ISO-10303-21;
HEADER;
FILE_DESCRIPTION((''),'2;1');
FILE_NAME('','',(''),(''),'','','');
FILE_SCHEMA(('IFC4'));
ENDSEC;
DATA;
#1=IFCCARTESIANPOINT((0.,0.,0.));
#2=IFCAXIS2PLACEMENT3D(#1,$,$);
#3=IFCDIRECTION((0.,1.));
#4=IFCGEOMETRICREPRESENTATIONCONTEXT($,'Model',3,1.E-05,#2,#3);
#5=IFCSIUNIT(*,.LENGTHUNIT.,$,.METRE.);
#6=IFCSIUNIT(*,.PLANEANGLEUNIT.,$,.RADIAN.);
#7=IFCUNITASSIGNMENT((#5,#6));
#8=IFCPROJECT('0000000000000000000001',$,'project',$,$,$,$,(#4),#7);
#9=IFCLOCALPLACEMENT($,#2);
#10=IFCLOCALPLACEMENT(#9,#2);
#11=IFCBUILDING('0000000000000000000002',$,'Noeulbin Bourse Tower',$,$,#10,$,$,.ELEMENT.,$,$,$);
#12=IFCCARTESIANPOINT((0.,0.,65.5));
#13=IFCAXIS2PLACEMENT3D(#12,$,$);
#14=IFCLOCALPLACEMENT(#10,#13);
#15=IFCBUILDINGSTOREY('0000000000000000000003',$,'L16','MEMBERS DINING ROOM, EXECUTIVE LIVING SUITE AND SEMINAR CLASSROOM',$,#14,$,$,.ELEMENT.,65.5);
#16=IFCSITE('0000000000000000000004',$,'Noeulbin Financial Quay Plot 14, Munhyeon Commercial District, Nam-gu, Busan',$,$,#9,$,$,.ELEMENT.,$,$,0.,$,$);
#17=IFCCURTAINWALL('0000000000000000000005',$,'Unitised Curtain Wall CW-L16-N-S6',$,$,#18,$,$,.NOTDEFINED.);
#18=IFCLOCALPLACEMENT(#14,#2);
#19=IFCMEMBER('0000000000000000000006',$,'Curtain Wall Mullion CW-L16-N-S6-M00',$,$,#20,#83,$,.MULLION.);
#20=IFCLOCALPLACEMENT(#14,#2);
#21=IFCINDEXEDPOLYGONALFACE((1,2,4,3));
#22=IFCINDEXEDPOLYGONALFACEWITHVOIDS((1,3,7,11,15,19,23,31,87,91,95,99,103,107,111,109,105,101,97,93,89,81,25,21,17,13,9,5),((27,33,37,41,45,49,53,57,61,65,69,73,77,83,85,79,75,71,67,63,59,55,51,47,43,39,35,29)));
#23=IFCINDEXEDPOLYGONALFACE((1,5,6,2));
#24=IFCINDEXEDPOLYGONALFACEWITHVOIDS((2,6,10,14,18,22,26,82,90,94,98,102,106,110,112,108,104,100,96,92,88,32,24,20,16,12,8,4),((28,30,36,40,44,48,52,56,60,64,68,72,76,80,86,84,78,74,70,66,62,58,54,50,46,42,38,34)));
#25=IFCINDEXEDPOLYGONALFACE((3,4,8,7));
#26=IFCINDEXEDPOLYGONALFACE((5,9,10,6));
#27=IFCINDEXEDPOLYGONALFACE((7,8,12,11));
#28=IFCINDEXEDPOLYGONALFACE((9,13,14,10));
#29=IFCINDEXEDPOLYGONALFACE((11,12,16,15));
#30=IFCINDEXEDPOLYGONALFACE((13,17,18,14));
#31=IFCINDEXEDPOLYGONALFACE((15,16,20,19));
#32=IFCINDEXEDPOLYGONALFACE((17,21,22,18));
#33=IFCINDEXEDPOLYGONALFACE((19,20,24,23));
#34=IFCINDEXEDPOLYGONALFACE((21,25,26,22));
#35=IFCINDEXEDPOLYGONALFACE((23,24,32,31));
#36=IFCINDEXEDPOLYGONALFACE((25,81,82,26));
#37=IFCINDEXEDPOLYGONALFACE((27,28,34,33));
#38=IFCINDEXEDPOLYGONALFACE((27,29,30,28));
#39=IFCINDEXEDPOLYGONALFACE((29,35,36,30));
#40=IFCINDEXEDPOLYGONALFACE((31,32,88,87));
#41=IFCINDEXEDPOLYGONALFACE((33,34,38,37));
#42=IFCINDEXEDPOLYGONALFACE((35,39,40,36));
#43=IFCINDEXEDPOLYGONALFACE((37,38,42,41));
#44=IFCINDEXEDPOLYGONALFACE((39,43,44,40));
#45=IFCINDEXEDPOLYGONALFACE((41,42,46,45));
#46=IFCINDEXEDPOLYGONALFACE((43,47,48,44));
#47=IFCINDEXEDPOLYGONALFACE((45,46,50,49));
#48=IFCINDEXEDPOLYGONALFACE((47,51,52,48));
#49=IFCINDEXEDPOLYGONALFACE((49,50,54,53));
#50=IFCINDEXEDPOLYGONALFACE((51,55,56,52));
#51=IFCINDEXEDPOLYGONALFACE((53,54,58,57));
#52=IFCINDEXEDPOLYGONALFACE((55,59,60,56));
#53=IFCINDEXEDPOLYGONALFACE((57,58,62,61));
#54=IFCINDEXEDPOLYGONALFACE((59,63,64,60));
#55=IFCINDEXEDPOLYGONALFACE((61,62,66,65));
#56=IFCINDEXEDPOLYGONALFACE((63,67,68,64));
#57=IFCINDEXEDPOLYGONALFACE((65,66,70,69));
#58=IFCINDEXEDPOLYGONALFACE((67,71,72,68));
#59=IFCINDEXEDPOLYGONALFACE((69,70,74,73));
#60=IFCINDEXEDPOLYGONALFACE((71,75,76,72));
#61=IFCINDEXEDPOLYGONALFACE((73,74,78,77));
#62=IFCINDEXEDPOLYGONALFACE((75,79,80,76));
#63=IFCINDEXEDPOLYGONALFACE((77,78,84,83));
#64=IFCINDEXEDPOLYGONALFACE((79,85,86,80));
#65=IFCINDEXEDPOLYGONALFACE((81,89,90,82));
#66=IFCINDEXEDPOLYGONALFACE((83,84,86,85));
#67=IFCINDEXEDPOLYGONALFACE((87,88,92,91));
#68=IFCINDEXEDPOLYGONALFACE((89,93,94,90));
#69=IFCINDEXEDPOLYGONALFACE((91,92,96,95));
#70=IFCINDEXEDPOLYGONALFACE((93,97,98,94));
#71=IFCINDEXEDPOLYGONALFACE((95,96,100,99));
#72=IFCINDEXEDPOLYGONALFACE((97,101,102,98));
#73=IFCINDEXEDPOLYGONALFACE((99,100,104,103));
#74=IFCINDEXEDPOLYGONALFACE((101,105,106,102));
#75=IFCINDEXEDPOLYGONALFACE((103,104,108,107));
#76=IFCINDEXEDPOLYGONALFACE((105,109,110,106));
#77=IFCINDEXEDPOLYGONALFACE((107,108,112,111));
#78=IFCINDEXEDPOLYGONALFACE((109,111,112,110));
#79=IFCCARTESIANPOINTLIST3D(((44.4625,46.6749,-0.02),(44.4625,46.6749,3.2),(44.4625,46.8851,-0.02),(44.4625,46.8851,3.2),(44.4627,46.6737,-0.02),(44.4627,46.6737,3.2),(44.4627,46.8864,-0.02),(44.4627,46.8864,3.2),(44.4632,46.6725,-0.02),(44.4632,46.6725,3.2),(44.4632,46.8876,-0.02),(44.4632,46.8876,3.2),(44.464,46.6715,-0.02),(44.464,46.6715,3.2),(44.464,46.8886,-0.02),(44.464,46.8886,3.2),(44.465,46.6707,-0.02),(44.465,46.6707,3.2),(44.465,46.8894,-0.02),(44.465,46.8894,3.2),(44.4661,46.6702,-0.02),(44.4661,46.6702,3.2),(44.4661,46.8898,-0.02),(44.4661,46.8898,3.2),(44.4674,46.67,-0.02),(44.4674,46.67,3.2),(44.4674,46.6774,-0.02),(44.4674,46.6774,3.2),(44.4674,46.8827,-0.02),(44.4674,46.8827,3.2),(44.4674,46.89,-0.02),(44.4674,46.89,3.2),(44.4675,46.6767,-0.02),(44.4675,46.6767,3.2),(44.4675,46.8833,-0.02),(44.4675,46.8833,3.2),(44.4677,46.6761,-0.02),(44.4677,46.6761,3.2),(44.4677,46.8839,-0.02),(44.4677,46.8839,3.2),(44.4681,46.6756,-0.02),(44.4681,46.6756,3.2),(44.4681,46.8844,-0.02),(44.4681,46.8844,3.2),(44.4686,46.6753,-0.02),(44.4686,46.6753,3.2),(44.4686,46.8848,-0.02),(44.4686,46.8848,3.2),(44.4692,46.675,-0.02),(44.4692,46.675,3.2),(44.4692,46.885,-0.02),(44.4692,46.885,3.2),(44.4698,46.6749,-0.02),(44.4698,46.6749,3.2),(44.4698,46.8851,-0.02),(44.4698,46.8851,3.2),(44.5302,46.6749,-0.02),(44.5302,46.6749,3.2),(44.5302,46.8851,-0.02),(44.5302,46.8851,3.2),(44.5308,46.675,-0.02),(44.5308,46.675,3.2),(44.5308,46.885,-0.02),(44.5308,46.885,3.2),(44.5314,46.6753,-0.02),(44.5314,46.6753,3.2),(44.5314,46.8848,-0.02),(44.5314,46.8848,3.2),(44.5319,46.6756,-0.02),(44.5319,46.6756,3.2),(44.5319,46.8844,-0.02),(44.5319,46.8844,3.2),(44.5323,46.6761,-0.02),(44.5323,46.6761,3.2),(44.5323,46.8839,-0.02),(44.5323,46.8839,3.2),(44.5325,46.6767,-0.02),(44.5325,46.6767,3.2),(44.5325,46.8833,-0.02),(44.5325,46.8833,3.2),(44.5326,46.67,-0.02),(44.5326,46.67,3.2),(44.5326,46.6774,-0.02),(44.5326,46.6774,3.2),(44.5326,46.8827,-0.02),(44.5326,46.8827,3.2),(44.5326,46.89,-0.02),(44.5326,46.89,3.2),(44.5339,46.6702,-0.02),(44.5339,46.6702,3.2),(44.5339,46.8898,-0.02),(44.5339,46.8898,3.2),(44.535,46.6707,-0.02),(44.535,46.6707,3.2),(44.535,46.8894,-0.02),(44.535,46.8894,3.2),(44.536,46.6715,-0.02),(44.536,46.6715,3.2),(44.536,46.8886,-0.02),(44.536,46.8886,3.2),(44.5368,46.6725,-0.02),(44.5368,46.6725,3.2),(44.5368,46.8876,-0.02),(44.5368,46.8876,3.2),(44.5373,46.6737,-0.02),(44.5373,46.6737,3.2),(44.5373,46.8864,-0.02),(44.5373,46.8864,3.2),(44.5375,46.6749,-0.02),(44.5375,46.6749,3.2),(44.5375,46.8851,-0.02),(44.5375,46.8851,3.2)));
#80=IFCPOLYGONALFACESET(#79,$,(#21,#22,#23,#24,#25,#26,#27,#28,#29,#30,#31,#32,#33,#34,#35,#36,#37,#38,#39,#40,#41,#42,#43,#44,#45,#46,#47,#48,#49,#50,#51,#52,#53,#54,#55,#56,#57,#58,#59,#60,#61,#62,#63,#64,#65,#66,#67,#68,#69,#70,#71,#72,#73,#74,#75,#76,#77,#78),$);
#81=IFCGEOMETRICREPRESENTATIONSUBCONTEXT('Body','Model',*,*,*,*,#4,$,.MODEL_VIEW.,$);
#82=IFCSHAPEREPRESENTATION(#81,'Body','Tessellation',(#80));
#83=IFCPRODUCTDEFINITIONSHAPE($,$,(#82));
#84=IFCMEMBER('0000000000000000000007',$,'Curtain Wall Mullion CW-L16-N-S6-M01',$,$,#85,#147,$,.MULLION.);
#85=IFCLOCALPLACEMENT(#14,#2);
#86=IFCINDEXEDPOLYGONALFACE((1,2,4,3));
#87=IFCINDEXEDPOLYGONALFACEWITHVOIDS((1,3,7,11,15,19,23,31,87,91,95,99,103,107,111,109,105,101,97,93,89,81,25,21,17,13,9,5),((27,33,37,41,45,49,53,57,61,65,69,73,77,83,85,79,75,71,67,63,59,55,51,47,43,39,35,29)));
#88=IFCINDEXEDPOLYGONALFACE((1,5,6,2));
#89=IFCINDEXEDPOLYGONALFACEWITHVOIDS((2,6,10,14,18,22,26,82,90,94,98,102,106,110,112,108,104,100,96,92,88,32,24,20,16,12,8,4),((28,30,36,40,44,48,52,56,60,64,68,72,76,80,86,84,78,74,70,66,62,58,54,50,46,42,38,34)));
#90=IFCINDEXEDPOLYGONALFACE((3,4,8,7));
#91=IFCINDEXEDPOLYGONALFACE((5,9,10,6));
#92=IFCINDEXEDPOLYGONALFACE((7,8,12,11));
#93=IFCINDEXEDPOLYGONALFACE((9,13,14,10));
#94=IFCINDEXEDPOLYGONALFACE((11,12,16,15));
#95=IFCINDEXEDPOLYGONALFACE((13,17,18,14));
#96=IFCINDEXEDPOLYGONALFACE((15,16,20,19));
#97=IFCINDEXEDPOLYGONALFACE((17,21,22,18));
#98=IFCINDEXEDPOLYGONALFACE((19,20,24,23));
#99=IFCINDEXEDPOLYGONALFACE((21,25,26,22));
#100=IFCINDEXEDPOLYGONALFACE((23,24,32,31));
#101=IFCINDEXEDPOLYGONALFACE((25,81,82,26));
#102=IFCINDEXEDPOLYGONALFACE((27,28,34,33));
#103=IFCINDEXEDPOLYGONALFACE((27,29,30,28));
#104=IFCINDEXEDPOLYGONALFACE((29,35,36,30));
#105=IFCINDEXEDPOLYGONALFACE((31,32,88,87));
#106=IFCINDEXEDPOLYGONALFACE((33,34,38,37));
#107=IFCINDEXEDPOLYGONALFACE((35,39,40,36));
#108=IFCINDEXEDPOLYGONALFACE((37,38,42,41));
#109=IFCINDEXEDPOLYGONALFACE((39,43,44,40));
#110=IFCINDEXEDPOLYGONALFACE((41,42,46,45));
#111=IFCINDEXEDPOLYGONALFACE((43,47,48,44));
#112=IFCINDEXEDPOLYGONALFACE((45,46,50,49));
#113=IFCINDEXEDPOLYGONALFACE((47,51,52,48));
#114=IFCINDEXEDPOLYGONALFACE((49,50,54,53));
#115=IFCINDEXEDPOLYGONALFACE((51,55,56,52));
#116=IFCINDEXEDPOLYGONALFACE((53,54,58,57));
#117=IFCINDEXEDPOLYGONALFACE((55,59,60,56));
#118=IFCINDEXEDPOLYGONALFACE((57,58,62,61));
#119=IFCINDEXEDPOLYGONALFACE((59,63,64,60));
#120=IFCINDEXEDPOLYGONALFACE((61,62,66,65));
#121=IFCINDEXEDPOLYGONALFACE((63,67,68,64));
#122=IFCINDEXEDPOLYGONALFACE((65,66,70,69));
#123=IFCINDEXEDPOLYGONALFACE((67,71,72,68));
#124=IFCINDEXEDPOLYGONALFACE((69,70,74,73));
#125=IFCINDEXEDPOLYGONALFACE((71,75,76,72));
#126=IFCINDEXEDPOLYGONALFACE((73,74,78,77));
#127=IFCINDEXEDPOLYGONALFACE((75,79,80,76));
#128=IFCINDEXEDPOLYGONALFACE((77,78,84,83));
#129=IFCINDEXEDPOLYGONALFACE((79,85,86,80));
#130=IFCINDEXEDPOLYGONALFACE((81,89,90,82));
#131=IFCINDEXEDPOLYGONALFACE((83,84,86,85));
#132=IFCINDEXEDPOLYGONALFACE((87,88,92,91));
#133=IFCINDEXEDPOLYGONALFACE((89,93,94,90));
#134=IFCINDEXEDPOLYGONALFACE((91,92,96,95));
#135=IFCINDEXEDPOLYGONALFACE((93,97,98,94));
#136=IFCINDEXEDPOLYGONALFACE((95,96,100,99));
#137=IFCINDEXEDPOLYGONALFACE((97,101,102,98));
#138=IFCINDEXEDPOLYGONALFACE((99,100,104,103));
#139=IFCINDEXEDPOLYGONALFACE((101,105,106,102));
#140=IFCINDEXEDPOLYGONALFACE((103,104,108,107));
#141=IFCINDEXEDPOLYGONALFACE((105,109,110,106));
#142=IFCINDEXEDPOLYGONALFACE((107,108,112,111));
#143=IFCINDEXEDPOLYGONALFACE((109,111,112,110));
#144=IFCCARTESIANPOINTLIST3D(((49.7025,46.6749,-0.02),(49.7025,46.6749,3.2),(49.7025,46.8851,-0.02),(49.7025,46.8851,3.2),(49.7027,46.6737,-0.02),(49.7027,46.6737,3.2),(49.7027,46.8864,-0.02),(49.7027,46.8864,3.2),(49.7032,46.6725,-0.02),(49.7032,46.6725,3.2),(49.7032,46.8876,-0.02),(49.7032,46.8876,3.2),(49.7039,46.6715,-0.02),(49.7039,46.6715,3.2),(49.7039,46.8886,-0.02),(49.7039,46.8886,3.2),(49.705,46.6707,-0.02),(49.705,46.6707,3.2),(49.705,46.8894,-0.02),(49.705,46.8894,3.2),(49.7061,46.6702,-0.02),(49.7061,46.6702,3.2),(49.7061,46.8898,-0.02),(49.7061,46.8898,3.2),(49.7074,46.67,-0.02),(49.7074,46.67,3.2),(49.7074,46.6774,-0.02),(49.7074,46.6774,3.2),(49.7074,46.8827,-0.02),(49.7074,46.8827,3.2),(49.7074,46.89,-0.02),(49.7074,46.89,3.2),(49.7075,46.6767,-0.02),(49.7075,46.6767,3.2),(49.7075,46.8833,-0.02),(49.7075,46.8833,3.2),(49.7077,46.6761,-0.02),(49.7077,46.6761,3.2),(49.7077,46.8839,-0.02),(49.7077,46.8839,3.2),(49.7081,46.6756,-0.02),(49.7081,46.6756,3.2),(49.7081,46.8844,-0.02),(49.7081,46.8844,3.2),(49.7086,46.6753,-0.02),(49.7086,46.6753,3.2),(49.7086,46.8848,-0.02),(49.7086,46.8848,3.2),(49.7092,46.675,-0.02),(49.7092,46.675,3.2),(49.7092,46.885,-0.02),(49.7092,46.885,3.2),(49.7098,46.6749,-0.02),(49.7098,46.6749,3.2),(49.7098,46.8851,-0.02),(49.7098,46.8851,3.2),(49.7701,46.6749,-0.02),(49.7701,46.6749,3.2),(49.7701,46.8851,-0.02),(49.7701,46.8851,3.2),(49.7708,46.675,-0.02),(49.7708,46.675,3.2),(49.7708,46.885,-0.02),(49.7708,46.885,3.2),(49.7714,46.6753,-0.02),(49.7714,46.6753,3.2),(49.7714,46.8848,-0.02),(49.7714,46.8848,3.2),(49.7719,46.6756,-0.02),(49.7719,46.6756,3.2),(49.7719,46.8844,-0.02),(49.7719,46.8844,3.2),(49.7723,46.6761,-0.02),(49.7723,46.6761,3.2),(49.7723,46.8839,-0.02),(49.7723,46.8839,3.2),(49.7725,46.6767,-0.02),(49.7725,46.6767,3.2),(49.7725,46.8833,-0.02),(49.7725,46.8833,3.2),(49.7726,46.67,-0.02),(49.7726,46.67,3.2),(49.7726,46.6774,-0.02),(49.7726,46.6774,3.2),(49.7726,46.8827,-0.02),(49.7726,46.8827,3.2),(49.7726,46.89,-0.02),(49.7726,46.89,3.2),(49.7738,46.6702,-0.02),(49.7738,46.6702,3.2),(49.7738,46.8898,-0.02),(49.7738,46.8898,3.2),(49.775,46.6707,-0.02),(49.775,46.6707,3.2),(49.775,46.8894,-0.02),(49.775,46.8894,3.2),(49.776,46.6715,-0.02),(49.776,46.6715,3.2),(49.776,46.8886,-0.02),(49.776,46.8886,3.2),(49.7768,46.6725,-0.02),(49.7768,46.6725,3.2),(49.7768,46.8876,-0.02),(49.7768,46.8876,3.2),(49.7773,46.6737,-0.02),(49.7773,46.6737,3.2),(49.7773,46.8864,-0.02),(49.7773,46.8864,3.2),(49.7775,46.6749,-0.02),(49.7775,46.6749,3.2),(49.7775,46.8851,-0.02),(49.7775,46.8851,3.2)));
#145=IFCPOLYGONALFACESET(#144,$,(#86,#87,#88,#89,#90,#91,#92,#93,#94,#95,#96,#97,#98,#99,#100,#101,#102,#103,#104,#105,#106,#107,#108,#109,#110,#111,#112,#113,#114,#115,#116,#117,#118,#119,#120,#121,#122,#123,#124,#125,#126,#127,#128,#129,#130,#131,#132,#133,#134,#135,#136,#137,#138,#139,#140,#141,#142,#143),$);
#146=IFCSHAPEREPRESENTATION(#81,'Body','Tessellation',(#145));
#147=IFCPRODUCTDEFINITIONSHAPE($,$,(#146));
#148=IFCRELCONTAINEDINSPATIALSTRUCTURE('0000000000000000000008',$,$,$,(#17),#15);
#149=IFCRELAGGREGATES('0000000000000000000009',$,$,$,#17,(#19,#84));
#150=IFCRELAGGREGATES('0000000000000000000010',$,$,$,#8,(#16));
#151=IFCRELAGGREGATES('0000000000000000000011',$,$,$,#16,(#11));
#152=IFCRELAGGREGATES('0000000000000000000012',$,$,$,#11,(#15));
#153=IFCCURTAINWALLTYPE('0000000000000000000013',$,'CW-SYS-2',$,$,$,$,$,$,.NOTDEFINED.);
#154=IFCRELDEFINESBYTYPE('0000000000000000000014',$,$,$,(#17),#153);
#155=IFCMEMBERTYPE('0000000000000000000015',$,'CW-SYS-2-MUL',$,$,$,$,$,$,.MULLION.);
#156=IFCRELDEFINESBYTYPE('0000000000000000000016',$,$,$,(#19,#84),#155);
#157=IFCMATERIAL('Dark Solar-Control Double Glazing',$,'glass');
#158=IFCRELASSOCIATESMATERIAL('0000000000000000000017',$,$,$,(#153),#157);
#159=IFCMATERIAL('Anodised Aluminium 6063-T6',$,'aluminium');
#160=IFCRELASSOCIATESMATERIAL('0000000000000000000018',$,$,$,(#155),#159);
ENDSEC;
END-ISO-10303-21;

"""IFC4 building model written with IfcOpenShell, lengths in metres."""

from ifc_helpers import new_model, si_unit, direction, frame, origin, origin_2d, place, context, subcontext, project, spatial, hollow_rectangle, extrude, material, material_profile, profile_set, type_object, element, aggregate, save


model = new_model("IFC4")

# Units and contexts
model_context = context("Model", 3, precision=1e-05, world=origin(), true_north=direction((0.0, 1.0)))
body_context = subcontext(model_context, "Body", "Model", "MODEL_VIEW")
ifc_project = project(units=[si_unit("LENGTHUNIT", "METRE"), si_unit("PLANEANGLEUNIT", "RADIAN")], contexts=[model_context])

# Site, building, storey
site_placement = place(None, origin())
site = spatial("IfcSite", under=ifc_project, at=site_placement, Name="Noeulbin Financial Quay Plot 14, Munhyeon Commercial District, Nam-gu, Busan", CompositionType="ELEMENT", RefElevation=0.0)
building_placement = place(site_placement, origin())
building = spatial("IfcBuilding", under=site, at=building_placement, Name="Noeulbin Bourse Tower", CompositionType="ELEMENT")
storey_placement = place(building_placement, frame((0.0, 0.0, 65.5)))
storey = spatial("IfcBuildingStorey", under=building, at=storey_placement, Name="L16", Description="MEMBERS DINING ROOM, EXECUTIVE LIVING SUITE AND SEMINAR CLASSROOM", CompositionType="ELEMENT", Elevation=65.5)

# Shared definitions
ifc_material_1 = material(Name="Dark Solar-Control Double Glazing", Category="glass")
curtain_wall_type = type_object("IfcCurtainWallType", Name="CW-SYS-2", PredefinedType="NOTDEFINED", material=ifc_material_1)
ifc_material_2 = material(Name="Anodised Aluminium 6063-T6", Category="aluminium")
ifc_material_profile_1 = material_profile(ifc_material_2, hollow_rectangle(XDim=0.075, YDim=0.22, WallThickness=0.0049, InnerFilletRadius=0.0024, OuterFilletRadius=0.0049, at=origin_2d()), Name="ALU-MULL-75x220x5", Category="LoadBearing")
ifc_profile_set_1 = profile_set([ifc_material_profile_1], Name="Anodised Aluminium 6063-T6")
member_type_1 = type_object("IfcMemberType", Name="CW-SYS-2-MUL", PredefinedType="MULLION", material=ifc_profile_set_1)

# Curtain wall, members
curtain_wall_1_placement = place(storey_placement, origin())
curtain_wall_1 = element("IfcCurtainWall", 1, at=curtain_wall_1_placement, inside=storey, type_object=curtain_wall_type, Name="Unitised Curtain Wall CW-L16-N-S6", PredefinedType="NOTDEFINED")
member_1_placement = place(storey_placement, frame((44.5, 46.78, -0.02), z_axis=(0.0, 0.0, 1.0), x_axis=(1.0, 0.0, 0.0)))
member_1 = element("IfcMember", 2, at=member_1_placement, type_object=member_type_1, Name="Curtain Wall Mullion CW-L16-N-S6-M00", PredefinedType="MULLION", context=body_context, shape_type="SweptSolid", body=[
    extrude(hollow_rectangle(XDim=0.075, YDim=0.22, WallThickness=0.0049, InnerFilletRadius=0.0024, OuterFilletRadius=0.0049, at=origin_2d()), origin(), (0.0, 0.0, 1.0), 3.22),
])
member_2_placement = place(storey_placement, frame((49.74, 46.78, -0.02), z_axis=(0.0, 0.0, 1.0), x_axis=(1.0, 0.0, 0.0)))
member_2 = element("IfcMember", 3, at=member_2_placement, type_object=member_type_1, Name="Curtain Wall Mullion CW-L16-N-S6-M01", PredefinedType="MULLION", context=body_context, shape_type="SweptSolid", body=[
    extrude(hollow_rectangle(XDim=0.075, YDim=0.22, WallThickness=0.0049, InnerFilletRadius=0.0024, OuterFilletRadius=0.0049, at=origin_2d()), origin(), (0.0, 0.0, 1.0), 3.22),
])

aggregate(curtain_wall_1, [member_1, member_2])

save(model, "model.ifc")
